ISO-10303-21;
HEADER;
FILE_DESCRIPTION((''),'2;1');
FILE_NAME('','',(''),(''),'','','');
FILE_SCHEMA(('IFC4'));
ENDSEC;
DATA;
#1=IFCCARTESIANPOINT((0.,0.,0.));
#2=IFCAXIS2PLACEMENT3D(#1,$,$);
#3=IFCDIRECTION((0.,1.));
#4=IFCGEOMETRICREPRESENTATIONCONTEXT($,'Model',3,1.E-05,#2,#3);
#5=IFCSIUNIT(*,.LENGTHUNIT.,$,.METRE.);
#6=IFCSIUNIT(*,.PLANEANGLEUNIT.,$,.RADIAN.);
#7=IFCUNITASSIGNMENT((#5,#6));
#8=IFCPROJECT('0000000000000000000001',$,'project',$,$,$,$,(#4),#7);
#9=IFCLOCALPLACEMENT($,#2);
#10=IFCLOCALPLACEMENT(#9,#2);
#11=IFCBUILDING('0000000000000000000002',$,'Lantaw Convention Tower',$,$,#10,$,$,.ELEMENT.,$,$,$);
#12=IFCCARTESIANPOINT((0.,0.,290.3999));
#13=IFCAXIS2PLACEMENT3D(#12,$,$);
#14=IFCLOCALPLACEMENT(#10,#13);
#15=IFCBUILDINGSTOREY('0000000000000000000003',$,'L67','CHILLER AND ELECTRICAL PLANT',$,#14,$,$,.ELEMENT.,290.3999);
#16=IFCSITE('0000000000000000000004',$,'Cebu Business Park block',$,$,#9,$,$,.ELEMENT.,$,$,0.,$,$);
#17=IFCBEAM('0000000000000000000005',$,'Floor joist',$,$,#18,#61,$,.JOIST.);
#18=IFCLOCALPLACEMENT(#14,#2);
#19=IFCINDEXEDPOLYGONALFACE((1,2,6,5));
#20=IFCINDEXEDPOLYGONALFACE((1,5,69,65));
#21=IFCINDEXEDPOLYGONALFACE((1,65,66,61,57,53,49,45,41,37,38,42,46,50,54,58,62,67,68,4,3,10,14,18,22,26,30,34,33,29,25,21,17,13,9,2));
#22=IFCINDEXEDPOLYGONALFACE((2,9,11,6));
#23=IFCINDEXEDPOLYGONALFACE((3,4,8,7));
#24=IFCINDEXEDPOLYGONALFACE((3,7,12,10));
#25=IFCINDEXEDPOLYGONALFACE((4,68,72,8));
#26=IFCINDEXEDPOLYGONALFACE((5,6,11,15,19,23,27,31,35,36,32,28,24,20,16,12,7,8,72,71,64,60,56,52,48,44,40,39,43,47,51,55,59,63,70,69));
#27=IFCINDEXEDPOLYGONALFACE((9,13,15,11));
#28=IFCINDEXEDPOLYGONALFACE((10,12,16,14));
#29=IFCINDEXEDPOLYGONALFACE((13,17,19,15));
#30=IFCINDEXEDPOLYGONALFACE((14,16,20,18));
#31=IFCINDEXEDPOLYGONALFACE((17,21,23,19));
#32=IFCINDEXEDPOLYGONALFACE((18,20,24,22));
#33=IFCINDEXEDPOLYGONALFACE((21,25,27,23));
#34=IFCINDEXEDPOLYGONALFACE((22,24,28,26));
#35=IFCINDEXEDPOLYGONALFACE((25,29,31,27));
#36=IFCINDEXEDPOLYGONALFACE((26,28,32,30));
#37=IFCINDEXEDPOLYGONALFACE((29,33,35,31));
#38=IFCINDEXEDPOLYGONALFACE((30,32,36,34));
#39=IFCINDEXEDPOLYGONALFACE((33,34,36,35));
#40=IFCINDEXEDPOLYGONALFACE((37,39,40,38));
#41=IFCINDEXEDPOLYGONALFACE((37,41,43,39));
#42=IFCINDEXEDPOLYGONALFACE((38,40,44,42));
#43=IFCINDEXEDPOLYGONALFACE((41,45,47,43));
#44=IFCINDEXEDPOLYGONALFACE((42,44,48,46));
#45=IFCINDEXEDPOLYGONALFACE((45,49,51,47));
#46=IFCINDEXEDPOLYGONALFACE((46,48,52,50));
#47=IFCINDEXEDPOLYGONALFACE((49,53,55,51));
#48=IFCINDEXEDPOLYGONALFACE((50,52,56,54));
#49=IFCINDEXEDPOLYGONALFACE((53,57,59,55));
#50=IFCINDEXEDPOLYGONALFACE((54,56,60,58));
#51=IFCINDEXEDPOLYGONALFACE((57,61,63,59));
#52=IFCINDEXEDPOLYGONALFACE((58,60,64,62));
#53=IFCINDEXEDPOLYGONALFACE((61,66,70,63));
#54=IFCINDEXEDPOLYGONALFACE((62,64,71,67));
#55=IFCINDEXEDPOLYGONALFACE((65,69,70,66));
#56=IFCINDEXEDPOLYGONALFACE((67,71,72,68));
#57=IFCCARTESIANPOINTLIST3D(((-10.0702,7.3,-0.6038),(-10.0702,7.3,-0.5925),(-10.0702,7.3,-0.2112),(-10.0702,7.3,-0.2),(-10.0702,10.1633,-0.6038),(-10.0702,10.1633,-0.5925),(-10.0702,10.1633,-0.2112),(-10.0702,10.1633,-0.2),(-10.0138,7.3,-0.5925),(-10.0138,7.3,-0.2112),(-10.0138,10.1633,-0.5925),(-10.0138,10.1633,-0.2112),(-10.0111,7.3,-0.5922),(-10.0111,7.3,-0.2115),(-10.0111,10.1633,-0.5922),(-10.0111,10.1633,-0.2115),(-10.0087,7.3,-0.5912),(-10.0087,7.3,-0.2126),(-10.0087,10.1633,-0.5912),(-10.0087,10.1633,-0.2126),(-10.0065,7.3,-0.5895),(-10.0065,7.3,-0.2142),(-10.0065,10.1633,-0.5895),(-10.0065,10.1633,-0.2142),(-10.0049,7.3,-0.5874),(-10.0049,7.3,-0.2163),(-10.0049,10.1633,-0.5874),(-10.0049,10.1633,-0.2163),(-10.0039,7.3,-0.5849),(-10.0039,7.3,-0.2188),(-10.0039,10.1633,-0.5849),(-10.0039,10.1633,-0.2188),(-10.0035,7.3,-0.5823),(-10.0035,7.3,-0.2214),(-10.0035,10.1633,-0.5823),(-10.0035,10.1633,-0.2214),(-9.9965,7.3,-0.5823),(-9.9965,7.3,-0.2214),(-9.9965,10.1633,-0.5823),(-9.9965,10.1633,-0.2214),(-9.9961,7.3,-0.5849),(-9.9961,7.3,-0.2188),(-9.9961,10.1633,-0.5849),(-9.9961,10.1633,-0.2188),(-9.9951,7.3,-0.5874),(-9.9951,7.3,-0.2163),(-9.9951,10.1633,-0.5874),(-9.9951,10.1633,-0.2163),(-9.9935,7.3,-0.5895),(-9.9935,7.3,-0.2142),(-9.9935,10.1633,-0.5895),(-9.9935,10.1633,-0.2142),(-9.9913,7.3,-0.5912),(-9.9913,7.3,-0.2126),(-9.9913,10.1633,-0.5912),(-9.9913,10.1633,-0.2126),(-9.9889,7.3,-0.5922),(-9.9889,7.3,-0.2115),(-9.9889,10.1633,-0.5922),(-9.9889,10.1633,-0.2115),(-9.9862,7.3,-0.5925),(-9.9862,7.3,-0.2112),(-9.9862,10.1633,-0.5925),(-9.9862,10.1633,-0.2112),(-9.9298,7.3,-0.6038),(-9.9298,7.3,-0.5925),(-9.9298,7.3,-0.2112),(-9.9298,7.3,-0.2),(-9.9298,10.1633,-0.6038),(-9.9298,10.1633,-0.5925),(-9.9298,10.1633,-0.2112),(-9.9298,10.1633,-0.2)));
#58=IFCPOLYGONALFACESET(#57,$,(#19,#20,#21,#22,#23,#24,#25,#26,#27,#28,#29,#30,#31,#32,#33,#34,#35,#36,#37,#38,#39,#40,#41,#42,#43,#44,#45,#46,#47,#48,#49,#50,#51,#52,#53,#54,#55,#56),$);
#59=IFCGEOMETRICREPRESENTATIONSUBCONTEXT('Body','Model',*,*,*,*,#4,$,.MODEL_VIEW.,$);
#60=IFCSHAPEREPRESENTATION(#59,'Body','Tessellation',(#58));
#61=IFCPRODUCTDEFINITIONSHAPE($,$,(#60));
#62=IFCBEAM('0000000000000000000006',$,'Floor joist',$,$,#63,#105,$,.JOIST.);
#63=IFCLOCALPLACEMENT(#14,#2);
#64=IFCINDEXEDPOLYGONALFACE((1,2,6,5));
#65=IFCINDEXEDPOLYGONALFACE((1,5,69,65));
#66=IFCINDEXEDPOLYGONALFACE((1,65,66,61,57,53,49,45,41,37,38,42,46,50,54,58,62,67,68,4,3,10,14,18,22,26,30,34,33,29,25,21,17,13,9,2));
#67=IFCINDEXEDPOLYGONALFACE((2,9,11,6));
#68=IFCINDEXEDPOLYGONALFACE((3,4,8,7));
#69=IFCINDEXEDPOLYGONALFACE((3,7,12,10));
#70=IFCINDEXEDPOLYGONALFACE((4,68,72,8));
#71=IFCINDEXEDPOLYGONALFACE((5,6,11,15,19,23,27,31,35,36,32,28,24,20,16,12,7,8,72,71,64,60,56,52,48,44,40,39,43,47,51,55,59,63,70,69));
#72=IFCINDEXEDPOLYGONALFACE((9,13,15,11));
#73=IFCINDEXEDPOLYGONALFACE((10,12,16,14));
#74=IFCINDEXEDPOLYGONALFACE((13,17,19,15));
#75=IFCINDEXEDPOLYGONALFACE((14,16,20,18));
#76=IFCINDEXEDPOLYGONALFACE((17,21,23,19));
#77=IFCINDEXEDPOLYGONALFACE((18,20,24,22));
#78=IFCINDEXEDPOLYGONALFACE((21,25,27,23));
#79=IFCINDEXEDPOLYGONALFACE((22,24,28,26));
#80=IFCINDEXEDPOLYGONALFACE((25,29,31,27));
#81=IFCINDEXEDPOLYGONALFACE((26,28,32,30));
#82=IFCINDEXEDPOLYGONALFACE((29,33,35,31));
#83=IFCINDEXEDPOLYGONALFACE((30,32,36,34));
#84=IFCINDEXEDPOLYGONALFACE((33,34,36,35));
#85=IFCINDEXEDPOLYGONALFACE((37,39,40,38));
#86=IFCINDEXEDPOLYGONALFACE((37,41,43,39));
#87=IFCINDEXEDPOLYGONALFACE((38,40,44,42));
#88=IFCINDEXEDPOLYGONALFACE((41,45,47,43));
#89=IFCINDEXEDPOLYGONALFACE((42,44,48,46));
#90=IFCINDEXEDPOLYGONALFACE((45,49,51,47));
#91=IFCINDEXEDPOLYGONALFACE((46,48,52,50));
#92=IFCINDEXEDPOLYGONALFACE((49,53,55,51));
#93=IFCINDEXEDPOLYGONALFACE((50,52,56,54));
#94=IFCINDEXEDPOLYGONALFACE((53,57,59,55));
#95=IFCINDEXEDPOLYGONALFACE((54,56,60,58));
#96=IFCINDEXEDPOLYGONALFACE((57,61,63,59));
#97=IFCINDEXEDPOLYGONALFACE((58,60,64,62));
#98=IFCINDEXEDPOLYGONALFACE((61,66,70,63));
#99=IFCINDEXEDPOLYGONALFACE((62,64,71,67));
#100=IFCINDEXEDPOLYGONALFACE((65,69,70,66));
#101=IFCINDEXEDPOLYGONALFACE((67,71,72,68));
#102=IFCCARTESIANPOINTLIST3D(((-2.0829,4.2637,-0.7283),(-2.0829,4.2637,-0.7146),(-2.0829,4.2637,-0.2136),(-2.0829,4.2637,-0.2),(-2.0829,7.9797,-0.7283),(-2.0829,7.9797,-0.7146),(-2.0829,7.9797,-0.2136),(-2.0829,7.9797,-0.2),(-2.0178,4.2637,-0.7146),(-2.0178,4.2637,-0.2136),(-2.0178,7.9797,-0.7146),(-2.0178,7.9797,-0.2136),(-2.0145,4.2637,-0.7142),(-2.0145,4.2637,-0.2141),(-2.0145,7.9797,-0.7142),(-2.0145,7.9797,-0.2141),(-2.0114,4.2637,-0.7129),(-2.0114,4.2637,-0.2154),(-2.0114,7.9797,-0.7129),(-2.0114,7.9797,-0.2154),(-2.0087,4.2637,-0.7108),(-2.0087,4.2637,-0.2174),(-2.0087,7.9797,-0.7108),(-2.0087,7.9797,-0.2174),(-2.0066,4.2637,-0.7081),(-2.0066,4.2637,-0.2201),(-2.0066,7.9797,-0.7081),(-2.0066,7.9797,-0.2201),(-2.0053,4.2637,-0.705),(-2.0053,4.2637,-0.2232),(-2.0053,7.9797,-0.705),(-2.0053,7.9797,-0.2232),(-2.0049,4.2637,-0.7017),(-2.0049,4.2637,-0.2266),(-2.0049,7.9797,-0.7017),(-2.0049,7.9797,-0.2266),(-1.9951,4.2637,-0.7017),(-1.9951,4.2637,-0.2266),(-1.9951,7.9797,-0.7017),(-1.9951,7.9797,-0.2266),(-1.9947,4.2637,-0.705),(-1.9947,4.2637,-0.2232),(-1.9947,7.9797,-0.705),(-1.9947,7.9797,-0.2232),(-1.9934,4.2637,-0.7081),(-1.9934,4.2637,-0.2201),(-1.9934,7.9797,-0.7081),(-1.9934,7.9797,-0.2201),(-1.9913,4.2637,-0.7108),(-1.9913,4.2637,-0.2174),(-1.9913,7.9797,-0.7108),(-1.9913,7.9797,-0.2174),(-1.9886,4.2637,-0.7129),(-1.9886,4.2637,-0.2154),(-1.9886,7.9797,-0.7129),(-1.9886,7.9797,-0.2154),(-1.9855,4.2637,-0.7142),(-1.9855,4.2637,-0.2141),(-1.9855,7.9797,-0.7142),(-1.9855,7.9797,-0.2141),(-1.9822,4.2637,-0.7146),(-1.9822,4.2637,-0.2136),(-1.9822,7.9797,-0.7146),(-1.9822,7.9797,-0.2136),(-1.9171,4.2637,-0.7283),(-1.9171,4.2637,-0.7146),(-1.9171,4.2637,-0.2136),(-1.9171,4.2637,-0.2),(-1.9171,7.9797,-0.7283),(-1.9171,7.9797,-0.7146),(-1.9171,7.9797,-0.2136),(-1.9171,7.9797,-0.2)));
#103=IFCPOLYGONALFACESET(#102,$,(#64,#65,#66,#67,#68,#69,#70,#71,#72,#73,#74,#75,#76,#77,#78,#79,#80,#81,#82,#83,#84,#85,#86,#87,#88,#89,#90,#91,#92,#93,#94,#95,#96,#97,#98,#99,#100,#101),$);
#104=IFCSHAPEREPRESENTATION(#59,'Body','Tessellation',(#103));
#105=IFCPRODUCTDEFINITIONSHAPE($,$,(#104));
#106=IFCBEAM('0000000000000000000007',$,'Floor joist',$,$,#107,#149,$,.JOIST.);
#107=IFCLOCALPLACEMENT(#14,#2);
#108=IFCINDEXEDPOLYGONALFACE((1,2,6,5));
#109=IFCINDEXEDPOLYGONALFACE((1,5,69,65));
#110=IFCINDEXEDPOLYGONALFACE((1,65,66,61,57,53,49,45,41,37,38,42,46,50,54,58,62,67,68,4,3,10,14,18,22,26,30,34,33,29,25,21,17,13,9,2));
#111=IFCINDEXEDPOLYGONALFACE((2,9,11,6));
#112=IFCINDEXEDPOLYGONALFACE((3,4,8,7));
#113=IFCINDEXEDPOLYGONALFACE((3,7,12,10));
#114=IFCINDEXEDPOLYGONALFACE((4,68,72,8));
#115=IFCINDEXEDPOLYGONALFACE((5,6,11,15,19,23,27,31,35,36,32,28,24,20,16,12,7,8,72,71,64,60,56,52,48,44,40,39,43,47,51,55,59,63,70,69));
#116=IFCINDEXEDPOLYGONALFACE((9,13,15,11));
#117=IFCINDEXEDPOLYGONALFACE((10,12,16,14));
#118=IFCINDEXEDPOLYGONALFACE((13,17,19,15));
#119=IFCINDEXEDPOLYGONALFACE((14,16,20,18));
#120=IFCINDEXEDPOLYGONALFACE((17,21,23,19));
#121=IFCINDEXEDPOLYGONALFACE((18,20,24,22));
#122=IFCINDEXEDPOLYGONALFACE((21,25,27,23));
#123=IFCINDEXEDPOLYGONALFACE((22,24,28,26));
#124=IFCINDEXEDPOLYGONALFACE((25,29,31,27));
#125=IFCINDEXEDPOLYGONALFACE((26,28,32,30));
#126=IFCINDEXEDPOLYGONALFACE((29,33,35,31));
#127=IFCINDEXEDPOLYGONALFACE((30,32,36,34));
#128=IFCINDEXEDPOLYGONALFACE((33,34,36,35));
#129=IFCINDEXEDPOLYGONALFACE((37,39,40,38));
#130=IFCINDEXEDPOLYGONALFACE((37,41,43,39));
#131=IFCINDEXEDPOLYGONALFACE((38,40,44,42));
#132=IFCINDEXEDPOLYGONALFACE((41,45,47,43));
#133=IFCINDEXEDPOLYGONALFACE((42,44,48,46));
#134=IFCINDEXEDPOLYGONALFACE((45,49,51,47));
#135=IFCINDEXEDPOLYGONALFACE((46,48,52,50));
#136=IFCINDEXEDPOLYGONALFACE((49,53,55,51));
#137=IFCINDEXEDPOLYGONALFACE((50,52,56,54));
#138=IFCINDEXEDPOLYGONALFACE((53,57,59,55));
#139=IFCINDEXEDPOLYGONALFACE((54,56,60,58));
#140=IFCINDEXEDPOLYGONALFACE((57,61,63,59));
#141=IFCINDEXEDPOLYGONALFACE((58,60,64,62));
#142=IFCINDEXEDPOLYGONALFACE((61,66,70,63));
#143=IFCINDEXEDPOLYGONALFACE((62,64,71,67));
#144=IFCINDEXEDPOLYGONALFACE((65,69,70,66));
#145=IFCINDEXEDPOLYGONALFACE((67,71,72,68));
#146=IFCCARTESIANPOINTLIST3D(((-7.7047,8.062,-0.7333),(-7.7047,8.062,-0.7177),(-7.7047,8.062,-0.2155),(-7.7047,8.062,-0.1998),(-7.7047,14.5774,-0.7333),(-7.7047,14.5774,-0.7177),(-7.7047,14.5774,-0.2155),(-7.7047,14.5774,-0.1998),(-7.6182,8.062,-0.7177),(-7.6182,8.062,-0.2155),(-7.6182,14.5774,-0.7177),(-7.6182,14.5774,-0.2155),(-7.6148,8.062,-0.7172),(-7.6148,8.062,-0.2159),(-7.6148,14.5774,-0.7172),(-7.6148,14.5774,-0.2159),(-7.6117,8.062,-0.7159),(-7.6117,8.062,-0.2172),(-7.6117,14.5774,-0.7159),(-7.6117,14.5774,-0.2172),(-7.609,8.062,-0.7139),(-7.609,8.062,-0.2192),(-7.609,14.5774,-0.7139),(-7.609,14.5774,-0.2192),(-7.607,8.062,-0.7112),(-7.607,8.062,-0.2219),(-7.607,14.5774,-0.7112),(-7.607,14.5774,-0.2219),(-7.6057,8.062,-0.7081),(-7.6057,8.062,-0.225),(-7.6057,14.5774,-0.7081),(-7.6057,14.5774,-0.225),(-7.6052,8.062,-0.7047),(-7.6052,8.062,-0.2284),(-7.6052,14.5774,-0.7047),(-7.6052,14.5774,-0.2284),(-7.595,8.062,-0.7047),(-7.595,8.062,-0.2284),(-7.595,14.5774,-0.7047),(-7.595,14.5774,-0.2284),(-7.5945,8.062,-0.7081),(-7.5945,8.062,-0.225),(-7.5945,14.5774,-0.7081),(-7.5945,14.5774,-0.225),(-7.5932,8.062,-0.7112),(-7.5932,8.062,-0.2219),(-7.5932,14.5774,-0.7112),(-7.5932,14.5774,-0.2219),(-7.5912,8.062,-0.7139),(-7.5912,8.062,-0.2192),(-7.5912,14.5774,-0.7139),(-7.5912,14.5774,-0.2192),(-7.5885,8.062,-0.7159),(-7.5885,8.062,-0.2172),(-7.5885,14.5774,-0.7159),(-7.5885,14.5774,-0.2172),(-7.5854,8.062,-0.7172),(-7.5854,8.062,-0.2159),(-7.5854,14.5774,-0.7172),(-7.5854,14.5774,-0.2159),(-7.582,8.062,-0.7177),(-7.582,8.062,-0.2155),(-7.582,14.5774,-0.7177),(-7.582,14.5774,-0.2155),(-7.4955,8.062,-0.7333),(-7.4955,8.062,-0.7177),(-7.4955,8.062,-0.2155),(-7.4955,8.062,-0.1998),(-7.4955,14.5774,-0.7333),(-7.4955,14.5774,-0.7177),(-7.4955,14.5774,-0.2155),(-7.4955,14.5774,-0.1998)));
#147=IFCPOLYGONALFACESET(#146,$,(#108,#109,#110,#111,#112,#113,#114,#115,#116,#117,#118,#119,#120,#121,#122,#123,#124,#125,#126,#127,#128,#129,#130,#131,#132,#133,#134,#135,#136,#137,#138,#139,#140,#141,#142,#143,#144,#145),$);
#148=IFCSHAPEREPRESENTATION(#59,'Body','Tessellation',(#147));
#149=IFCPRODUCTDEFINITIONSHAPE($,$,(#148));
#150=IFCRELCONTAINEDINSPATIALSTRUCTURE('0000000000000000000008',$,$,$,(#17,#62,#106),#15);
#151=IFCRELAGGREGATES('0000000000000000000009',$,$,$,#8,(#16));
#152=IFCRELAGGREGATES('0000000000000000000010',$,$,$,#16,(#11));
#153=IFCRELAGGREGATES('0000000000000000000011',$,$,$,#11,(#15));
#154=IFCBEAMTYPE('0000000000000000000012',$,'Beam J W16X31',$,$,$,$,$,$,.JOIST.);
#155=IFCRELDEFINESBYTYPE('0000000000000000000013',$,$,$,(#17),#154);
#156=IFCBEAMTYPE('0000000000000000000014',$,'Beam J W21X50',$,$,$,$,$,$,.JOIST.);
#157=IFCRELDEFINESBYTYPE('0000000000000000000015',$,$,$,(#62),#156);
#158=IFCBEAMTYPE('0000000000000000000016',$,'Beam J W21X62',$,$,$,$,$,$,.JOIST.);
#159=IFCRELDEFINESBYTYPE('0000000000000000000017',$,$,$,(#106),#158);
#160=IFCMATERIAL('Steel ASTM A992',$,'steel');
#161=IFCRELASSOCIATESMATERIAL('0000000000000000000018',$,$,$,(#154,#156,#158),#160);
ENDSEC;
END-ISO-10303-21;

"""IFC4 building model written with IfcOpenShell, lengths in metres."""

from ifc_helpers import new_model, si_unit, direction, frame, origin, origin_2d, place, context, subcontext, project, spatial, i_section, extrude, material, material_profile, profile_set, type_object, element, save


model = new_model("IFC4")

# Units and contexts
model_context = context("Model", 3, precision=1e-05, world=origin(), true_north=direction((0.0, 1.0)))
body_context = subcontext(model_context, "Body", "Model", "MODEL_VIEW")
ifc_project = project(units=[si_unit("LENGTHUNIT", "METRE"), si_unit("PLANEANGLEUNIT", "RADIAN")], contexts=[model_context])

# Site, building, storey
site_placement = place(None, origin())
site = spatial("IfcSite", under=ifc_project, at=site_placement, Name="Cebu Business Park block", CompositionType="ELEMENT", RefElevation=0.0)
building_placement = place(site_placement, origin())
building = spatial("IfcBuilding", under=site, at=building_placement, Name="Lantaw Convention Tower", CompositionType="ELEMENT")
storey_placement = place(building_placement, frame((0.0, 0.0, 290.3999)))
storey = spatial("IfcBuildingStorey", under=building, at=storey_placement, Name="L67", Description="CHILLER AND ELECTRICAL PLANT", CompositionType="ELEMENT", Elevation=290.3999)

# Beams
ifc_material_1 = material(Name="Steel ASTM A992", Category="steel")
ifc_material_profile_1 = material_profile(ifc_material_1, i_section(OverallWidth=0.1404, OverallDepth=0.4038, WebThickness=0.0071, FlangeThickness=0.0112, FilletRadius=0.0103, at=origin_2d()), Name="W16X31")
ifc_profile_set_1 = profile_set([ifc_material_profile_1], Name="Steel ASTM A992")
beam_type_1 = type_object("IfcBeamType", Name="Beam J W16X31", PredefinedType="JOIST", material=ifc_profile_set_1)
beam_1_placement = place(storey_placement, frame((-10.0, 7.3, -0.4019), z_axis=(0.0, 1.0, 0.0), x_axis=(-1.0, 0.0, 0.0)))
element("IfcBeam", 1, at=beam_1_placement, inside=storey, type_object=beam_type_1, Name="Floor joist", PredefinedType="JOIST", context=body_context, shape_type="SweptSolid", body=[
    extrude(i_section(OverallWidth=0.1404, OverallDepth=0.4038, WebThickness=0.0071, FlangeThickness=0.0112, FilletRadius=0.0103, at=origin_2d()), origin(), (0.0, 0.0, 1.0), 2.8633),
])
ifc_material_profile_2 = material_profile(ifc_material_1, i_section(OverallWidth=0.1658, OverallDepth=0.5283, WebThickness=0.0098, FlangeThickness=0.0137, FilletRadius=0.0129, at=origin_2d()), Name="W21X50")
ifc_profile_set_2 = profile_set([ifc_material_profile_2], Name="Steel ASTM A992")
beam_type_2 = type_object("IfcBeamType", Name="Beam J W21X50", PredefinedType="JOIST", material=ifc_profile_set_2)
beam_2_placement = place(storey_placement, frame((-2.0, 4.2637, -0.4641), z_axis=(0.0, 1.0, 0.0), x_axis=(-1.0, 0.0, 0.0)))
element("IfcBeam", 2, at=beam_2_placement, inside=storey, type_object=beam_type_2, Name="Floor joist", PredefinedType="JOIST", context=body_context, shape_type="SweptSolid", body=[
    extrude(i_section(OverallWidth=0.1658, OverallDepth=0.5283, WebThickness=0.0098, FlangeThickness=0.0137, FilletRadius=0.0129, at=origin_2d()), origin(), (0.0, 0.0, 1.0), 3.7161),
])
ifc_material_profile_3 = material_profile(ifc_material_1, i_section(OverallWidth=0.2092, OverallDepth=0.5334, WebThickness=0.0103, FlangeThickness=0.0156, FilletRadius=0.0129, at=origin_2d()), Name="W21X62")
ifc_profile_set_3 = profile_set([ifc_material_profile_3], Name="Steel ASTM A992")
beam_type_3 = type_object("IfcBeamType", Name="Beam J W21X62", PredefinedType="JOIST", material=ifc_profile_set_3)
beam_3_placement = place(storey_placement, frame((-7.6001, 8.062, -0.4666), z_axis=(0.0, 1.0, 0.0), x_axis=(-1.0, 0.0, 0.0)))
element("IfcBeam", 3, at=beam_3_placement, inside=storey, type_object=beam_type_3, Name="Floor joist", PredefinedType="JOIST", context=body_context, shape_type="SweptSolid", body=[
    extrude(i_section(OverallWidth=0.2092, OverallDepth=0.5334, WebThickness=0.0103, FlangeThickness=0.0156, FilletRadius=0.0129, at=origin_2d()), origin(), (0.0, 0.0, 1.0), 6.5154),
])

save(model, "model.ifc")
